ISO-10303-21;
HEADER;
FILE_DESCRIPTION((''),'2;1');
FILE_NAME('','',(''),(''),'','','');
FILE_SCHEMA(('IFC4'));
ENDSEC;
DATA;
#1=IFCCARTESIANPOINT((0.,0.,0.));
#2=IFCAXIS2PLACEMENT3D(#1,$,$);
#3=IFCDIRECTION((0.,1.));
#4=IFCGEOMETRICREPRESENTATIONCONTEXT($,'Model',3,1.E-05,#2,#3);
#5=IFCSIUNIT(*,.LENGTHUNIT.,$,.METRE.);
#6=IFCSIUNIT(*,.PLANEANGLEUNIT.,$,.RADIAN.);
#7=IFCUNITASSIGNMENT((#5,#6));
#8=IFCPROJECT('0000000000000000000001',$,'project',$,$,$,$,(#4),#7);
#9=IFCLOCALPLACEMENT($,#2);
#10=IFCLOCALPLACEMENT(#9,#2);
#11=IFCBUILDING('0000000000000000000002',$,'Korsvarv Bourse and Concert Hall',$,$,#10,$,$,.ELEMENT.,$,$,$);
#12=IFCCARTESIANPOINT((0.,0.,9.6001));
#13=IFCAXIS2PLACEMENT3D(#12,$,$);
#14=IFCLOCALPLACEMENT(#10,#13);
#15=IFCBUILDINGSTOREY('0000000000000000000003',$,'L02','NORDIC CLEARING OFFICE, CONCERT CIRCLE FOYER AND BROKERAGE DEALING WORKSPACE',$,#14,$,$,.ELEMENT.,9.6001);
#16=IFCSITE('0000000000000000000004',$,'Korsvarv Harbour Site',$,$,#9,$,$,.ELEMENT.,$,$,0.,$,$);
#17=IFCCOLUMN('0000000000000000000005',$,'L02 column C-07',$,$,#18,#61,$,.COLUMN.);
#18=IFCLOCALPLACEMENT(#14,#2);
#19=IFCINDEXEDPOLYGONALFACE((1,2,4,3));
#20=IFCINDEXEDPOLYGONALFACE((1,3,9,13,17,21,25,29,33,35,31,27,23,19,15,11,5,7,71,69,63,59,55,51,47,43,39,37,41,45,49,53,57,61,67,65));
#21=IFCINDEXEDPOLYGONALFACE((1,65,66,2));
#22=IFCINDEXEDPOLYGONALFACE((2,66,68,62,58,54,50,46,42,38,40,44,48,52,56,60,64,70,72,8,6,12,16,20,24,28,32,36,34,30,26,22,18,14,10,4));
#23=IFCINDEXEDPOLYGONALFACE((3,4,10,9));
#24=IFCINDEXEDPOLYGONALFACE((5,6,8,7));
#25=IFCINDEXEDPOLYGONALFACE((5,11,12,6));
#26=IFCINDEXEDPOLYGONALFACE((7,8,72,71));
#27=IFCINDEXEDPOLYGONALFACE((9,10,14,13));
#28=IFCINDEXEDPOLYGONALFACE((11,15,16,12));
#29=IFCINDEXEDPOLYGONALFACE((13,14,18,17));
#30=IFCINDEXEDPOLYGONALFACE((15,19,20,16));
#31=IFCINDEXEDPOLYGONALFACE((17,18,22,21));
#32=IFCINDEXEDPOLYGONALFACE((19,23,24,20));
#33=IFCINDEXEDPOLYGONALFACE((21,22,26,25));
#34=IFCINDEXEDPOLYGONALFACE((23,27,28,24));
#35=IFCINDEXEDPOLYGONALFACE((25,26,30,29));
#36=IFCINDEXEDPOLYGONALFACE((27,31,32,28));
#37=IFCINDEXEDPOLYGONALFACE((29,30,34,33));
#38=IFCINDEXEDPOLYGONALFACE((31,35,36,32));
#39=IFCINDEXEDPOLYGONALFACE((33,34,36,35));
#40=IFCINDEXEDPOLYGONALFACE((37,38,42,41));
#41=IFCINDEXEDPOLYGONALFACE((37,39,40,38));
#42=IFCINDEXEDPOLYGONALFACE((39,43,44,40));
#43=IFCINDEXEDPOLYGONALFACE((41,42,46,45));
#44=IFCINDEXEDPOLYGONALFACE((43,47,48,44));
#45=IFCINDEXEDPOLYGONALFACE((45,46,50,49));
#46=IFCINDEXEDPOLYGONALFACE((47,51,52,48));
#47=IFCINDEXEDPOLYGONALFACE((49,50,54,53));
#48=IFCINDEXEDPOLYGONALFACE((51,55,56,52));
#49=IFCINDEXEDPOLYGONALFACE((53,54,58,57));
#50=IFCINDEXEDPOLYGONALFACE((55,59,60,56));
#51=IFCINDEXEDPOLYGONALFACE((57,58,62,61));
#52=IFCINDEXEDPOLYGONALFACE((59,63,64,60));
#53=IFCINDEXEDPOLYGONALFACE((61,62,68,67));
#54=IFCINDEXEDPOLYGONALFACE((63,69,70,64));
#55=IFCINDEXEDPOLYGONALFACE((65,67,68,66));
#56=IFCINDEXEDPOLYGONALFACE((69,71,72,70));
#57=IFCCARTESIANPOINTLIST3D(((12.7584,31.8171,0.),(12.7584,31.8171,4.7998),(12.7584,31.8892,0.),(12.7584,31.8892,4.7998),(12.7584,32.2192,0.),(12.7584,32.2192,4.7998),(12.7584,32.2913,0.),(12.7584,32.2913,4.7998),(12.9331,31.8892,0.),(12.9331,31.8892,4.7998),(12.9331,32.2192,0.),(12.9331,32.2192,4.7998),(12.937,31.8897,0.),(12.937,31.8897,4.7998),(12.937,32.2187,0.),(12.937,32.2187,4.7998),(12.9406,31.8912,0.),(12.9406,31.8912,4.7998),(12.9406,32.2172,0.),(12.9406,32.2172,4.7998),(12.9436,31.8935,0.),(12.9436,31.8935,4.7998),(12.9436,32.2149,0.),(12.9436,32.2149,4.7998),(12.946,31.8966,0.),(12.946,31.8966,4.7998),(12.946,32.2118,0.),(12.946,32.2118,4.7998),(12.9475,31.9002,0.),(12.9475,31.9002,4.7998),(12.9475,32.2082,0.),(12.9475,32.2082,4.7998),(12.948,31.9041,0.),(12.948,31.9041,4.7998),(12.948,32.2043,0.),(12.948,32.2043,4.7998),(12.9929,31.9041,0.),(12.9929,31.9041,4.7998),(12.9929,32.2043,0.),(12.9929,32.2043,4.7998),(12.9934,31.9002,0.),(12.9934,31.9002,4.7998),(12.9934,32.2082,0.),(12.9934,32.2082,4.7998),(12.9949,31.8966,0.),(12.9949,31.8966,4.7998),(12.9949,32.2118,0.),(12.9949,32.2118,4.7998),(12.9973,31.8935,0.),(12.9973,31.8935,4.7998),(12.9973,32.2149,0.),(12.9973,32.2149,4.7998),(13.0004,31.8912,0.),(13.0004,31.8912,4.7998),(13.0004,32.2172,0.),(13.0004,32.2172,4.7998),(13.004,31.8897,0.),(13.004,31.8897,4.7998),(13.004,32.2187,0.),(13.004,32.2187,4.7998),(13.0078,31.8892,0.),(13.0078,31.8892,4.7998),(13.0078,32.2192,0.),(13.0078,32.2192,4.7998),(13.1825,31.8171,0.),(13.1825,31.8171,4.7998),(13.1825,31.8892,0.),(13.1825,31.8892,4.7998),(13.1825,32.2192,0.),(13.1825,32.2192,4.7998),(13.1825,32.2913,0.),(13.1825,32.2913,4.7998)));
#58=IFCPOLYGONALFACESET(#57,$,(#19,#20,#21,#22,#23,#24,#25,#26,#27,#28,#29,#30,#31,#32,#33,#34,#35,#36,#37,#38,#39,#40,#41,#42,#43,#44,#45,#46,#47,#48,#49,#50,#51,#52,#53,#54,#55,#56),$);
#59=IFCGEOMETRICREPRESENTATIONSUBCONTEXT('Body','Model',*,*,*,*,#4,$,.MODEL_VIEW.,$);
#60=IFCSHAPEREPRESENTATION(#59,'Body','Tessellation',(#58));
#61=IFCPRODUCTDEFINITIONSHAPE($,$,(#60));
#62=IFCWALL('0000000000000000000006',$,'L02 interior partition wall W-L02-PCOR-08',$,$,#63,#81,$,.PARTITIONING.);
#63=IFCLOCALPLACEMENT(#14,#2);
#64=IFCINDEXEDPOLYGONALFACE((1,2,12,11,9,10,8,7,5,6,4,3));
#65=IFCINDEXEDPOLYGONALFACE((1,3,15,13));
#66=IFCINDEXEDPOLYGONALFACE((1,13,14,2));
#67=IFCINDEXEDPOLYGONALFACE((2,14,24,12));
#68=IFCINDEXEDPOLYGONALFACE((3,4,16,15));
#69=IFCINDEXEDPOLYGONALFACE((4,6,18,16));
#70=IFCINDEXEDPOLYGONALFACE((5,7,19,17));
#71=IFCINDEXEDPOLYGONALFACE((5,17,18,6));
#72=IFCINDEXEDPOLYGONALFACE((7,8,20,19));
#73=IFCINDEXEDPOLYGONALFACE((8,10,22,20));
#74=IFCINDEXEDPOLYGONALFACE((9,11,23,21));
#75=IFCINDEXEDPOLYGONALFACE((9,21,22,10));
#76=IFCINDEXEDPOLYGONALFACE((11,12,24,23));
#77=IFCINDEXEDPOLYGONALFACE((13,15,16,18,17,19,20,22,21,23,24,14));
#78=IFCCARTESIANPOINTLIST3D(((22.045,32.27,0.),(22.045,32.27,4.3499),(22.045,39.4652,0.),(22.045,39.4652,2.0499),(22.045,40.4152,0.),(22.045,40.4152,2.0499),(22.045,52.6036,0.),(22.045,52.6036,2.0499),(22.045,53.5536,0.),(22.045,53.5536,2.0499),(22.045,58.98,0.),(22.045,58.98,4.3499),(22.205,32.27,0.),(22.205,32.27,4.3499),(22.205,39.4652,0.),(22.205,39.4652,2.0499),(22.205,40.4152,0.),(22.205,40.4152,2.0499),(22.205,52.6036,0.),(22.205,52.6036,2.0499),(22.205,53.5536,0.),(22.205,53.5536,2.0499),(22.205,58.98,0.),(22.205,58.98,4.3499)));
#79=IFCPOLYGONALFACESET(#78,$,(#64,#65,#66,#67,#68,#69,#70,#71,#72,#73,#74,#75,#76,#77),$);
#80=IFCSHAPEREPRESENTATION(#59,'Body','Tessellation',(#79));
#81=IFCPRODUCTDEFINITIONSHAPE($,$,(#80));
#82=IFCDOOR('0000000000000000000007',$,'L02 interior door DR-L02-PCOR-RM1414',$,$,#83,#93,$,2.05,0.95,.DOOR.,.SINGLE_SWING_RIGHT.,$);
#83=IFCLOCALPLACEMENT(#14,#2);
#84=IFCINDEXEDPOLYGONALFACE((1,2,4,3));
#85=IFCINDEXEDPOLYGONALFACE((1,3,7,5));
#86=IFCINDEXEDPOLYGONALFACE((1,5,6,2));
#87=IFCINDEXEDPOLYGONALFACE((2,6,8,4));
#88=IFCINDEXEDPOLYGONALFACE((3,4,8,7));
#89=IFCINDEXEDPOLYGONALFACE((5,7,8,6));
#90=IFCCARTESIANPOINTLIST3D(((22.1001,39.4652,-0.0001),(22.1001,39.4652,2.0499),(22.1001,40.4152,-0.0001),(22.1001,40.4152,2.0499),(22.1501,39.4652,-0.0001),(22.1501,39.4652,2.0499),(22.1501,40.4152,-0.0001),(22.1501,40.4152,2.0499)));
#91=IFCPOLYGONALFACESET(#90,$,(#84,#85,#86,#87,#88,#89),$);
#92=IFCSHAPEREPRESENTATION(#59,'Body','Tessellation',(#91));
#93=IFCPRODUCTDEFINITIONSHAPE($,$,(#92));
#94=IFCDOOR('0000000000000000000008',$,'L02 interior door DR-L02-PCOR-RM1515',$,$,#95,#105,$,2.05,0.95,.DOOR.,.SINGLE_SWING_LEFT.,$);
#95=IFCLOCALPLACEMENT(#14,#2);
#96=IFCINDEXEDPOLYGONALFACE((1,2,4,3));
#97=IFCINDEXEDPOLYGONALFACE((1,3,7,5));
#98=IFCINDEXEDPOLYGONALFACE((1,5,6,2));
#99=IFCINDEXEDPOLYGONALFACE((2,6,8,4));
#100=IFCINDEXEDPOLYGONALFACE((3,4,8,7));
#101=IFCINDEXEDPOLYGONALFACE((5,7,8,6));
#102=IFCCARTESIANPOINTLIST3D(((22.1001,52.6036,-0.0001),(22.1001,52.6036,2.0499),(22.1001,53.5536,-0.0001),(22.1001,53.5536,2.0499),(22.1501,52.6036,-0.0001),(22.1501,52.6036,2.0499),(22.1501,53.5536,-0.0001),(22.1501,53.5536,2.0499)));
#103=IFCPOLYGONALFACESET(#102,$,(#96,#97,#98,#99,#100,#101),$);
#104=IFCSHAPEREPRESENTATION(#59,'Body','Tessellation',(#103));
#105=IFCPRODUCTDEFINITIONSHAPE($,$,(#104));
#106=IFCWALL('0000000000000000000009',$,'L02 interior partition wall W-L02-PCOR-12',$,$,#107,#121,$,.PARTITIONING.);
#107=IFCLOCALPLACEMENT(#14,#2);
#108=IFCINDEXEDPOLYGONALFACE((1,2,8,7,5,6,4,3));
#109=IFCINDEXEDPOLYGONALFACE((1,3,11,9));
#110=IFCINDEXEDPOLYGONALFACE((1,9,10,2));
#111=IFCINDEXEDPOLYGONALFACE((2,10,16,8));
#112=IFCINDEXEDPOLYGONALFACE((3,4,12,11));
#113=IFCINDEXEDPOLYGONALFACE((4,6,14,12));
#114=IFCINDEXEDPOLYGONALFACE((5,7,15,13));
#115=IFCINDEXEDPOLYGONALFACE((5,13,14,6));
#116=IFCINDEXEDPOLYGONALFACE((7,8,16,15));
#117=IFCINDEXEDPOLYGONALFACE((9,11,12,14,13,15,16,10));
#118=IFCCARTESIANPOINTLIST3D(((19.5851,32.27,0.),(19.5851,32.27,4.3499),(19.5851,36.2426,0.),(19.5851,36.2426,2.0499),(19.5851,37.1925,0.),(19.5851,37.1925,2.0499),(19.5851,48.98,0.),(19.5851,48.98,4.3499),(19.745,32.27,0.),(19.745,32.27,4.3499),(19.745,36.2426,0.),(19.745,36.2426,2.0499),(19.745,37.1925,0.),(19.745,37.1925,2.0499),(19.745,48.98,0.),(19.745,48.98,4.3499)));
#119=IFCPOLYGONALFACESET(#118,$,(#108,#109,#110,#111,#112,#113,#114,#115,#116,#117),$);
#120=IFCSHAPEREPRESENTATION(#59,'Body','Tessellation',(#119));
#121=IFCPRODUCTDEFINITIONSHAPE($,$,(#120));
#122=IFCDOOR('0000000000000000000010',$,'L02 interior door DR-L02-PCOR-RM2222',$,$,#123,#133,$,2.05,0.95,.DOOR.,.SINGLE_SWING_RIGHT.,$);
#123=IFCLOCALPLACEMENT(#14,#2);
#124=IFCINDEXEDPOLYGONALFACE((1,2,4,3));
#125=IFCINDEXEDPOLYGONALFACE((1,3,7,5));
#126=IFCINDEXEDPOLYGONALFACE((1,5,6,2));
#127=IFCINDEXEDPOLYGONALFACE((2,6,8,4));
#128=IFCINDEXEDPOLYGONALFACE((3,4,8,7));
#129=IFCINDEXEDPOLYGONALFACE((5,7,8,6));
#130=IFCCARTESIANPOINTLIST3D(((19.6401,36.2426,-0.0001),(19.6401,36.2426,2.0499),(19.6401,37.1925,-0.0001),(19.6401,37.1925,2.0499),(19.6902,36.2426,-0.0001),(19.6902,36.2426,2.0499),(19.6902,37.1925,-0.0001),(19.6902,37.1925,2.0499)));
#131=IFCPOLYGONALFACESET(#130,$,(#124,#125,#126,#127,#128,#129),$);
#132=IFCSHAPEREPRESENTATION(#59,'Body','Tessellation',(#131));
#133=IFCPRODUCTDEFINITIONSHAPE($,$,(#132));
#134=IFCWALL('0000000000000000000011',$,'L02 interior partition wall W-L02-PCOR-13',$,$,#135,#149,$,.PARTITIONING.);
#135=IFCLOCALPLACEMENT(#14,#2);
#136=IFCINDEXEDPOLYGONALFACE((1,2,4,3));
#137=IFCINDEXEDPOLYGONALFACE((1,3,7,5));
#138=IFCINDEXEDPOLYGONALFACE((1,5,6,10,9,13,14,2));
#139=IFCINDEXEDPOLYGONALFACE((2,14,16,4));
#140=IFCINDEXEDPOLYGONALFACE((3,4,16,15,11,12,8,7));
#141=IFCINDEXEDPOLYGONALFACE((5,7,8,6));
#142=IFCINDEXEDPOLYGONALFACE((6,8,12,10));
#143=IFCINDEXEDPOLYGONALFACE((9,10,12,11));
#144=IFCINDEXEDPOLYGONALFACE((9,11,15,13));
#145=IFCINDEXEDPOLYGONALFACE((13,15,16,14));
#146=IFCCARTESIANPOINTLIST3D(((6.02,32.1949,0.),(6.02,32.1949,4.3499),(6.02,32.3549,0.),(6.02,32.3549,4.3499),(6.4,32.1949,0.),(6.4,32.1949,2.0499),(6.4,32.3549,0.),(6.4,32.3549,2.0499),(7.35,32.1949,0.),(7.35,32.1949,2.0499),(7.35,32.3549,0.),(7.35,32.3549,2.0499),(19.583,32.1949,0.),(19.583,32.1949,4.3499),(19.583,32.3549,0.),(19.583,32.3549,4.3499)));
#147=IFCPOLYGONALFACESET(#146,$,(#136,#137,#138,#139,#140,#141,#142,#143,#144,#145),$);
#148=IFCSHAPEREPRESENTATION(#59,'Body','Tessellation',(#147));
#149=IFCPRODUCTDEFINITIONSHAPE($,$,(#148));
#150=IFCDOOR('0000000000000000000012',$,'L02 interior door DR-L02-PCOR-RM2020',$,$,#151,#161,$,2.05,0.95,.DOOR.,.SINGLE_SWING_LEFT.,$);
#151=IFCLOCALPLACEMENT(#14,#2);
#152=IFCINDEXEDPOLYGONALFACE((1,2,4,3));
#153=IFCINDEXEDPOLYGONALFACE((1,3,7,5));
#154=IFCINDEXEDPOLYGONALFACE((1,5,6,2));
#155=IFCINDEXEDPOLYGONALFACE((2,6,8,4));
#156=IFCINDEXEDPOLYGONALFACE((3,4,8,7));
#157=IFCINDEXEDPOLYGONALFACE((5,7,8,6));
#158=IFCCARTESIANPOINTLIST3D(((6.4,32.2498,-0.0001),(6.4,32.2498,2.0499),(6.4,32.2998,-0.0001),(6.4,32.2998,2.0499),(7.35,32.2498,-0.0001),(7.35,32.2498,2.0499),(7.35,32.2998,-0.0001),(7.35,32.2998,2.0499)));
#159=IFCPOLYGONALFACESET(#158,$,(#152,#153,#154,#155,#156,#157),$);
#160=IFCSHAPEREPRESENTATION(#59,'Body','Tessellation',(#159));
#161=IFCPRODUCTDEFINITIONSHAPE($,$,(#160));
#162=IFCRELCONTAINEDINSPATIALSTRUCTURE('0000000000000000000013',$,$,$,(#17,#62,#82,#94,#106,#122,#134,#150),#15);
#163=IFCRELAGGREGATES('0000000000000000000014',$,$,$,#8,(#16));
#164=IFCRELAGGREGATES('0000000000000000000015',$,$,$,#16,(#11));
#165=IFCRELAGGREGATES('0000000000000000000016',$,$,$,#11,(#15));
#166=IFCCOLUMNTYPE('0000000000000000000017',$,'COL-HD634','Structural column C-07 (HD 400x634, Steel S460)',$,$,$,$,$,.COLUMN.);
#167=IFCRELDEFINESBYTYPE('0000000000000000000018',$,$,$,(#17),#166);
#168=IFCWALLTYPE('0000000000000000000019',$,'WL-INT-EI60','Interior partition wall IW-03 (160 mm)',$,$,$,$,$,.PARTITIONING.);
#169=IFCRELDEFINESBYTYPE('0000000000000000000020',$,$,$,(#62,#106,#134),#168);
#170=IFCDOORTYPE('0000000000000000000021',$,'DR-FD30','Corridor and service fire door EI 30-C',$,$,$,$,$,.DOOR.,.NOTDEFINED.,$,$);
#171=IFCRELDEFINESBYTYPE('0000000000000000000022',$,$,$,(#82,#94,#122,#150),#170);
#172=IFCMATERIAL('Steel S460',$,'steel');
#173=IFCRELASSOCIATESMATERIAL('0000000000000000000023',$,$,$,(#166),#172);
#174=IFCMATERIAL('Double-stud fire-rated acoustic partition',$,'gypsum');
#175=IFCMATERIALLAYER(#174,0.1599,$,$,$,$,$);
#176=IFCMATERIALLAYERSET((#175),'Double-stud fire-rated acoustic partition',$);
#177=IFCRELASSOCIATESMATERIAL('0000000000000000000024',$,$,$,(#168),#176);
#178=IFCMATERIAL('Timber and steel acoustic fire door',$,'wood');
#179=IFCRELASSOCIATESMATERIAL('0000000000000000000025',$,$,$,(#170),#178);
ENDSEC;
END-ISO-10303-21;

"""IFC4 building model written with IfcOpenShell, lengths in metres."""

from ifc_helpers import new_model, si_unit, direction, frame, frame_2d, origin, origin_2d, place, context, subcontext, project, spatial, rectangle, i_section, extrude, source, transform, mapped, material, layer, layer_set, material_profile, profile_set, type_object, element, fill, save


model = new_model("IFC4")

# Units and contexts
model_context = context("Model", 3, precision=1e-05, world=origin(), true_north=direction((0.0, 1.0)))
body_context = subcontext(model_context, "Body", "Model", "MODEL_VIEW")
ifc_project = project(units=[si_unit("LENGTHUNIT", "METRE"), si_unit("PLANEANGLEUNIT", "RADIAN")], contexts=[model_context])

# Site, building, storey
site_placement = place(None, origin())
site = spatial("IfcSite", under=ifc_project, at=site_placement, Name="Korsvarv Harbour Site", CompositionType="ELEMENT", RefElevation=0.0)
building_placement = place(site_placement, origin())
building = spatial("IfcBuilding", under=site, at=building_placement, Name="Korsvarv Bourse and Concert Hall", CompositionType="ELEMENT")
storey_placement = place(building_placement, frame((0.0, 0.0, 9.6001)))
storey = spatial("IfcBuildingStorey", under=building, at=storey_placement, Name="L02", Description="NORDIC CLEARING OFFICE, CONCERT CIRCLE FOYER AND BROKERAGE DEALING WORKSPACE", CompositionType="ELEMENT", Elevation=9.6001)

# Column
ifc_material_1 = material(Name="Steel S460", Category="steel")
ifc_material_profile = material_profile(ifc_material_1, i_section(OverallWidth=0.4241, OverallDepth=0.4741, WebThickness=0.0449, FlangeThickness=0.072, FilletRadius=0.0149, at=origin_2d()), Name="HD 400x634")
ifc_profile_set = profile_set([ifc_material_profile], Name="Steel S460")
column_type = type_object("IfcColumnType", Name="COL-HD634", Description="Structural column C-07 (HD 400x634, Steel S460)", PredefinedType="COLUMN", material=ifc_profile_set)
shared_shape_1 = source(origin(), body_context, "Body", "SweptSolid", [
    extrude(i_section(OverallWidth=0.4241, OverallDepth=0.4741, WebThickness=0.0449, FlangeThickness=0.072, FilletRadius=0.0149, at=origin_2d()), origin(), (0.0, 0.0, 1.0), 4.7998),
])
column_placement = place(storey_placement, frame((12.9705, 32.0542, 0.0), z_axis=(0.0, 0.0, 1.0), x_axis=(1.0, 0.0, 0.0)))
element("IfcColumn", 1, at=column_placement, inside=storey, type_object=column_type, Name="L02 column C-07", PredefinedType="COLUMN", context=body_context, shape_type="MappedRepresentation", body=[
    mapped(shared_shape_1, transform((0.0, 0.0, 0.0), scale=1.0)),
])

# Wall, openings, doors
ifc_material_2 = material(Name="Double-stud fire-rated acoustic partition", Category="gypsum")
ifc_layer_1 = layer(ifc_material_2, 0.1599)
ifc_layer_set_1 = layer_set([ifc_layer_1], Name="Double-stud fire-rated acoustic partition")
wall_type_1 = type_object("IfcWallType", Name="WL-INT-EI60", Description="Interior partition wall IW-03 (160 mm)", PredefinedType="PARTITIONING", material=ifc_layer_set_1)
wall_1_placement = place(storey_placement, frame((22.125, 32.27, 0.0), z_axis=(0.0, 0.0, 1.0), x_axis=(0.0, 1.0, 0.0)))
wall_1 = element("IfcWall", 2, at=wall_1_placement, inside=storey, type_object=wall_type_1, Name="L02 interior partition wall W-L02-PCOR-08", PredefinedType="PARTITIONING", context=body_context, shape_type="SweptSolid", body=[
    extrude(rectangle(XDim=26.71, YDim=0.1599, at=frame_2d((13.355, 0.0))), origin(), (0.0, 0.0, 1.0), 4.3499),
])
opening_1_placement = place(wall_1_placement, frame((7.1951, 0.0, 0.0)))
opening_1 = element("IfcOpeningElement", 3, at=opening_1_placement, cuts=wall_1, PredefinedType="OPENING", context=body_context, shape_type="SweptSolid", body=[
    extrude(rectangle(XDim=0.95, YDim=2.05, at=frame_2d((0.4751, 1.0249))), frame((0.0, 0.0898, 0.0), z_axis=(0.0, -1.0, 0.0), x_axis=(1.0, 0.0, 0.0)), (0.0, 0.0, 1.0), 0.1799),
])
opening_2_placement = place(wall_1_placement, frame((20.3335, 0.0, 0.0)))
opening_2 = element("IfcOpeningElement", 4, at=opening_2_placement, cuts=wall_1, PredefinedType="OPENING", context=body_context, shape_type="SweptSolid", body=[
    extrude(rectangle(XDim=0.95, YDim=2.05, at=frame_2d((0.4751, 1.0249))), frame((0.0, 0.0898, 0.0), z_axis=(0.0, -1.0, 0.0), x_axis=(1.0, 0.0, 0.0)), (0.0, 0.0, 1.0), 0.1799),
])
ifc_material_3 = material(Name="Timber and steel acoustic fire door", Category="wood")
door_type_1 = type_object("IfcDoorType", Name="DR-FD30", Description="Corridor and service fire door EI 30-C", OperationType="NOTDEFINED", PredefinedType="DOOR", material=ifc_material_3)
door_1_placement = place(opening_1_placement, origin())
door_1 = element("IfcDoor", 5, at=door_1_placement, inside=storey, type_object=door_type_1, Name="L02 interior door DR-L02-PCOR-RM1414", OperationType="SINGLE_SWING_RIGHT", OverallHeight=2.05, OverallWidth=0.95, PredefinedType="DOOR", context=body_context, shape_type="SweptSolid", body=[
    extrude(rectangle(XDim=0.95, YDim=2.05, at=frame_2d((0.4751, 1.0249))), frame((0.0, 0.0249, 0.0), z_axis=(0.0, -1.0, 0.0), x_axis=(1.0, 0.0, 0.0)), (0.0, 0.0, 1.0), 0.05),
])
fill(opening_1, door_1)
door_2_placement = place(opening_2_placement, origin())
door_2 = element("IfcDoor", 6, at=door_2_placement, inside=storey, type_object=door_type_1, Name="L02 interior door DR-L02-PCOR-RM1515", OperationType="SINGLE_SWING_LEFT", OverallHeight=2.05, OverallWidth=0.95, PredefinedType="DOOR", context=body_context, shape_type="SweptSolid", body=[
    extrude(rectangle(XDim=0.95, YDim=2.05, at=frame_2d((0.4751, 1.0249))), frame((0.0, 0.0249, 0.0), z_axis=(0.0, -1.0, 0.0), x_axis=(1.0, 0.0, 0.0)), (0.0, 0.0, 1.0), 0.05),
])
fill(opening_2, door_2)

# Walls, openings, doors
wall_2_placement = place(storey_placement, frame((19.665, 32.27, 0.0), z_axis=(0.0, 0.0, 1.0), x_axis=(0.0, 1.0, 0.0)))
wall_2 = element("IfcWall", 7, at=wall_2_placement, inside=storey, type_object=wall_type_1, Name="L02 interior partition wall W-L02-PCOR-12", PredefinedType="PARTITIONING", context=body_context, shape_type="SweptSolid", body=[
    extrude(rectangle(XDim=16.71, YDim=0.1599, at=frame_2d((8.355, 0.0))), origin(), (0.0, 0.0, 1.0), 4.3499),
])
opening_3_placement = place(wall_2_placement, frame((3.9724, 0.0, 0.0)))
opening_3 = element("IfcOpeningElement", 8, at=opening_3_placement, cuts=wall_2, PredefinedType="OPENING", context=body_context, shape_type="SweptSolid", body=[
    extrude(rectangle(XDim=0.95, YDim=2.05, at=frame_2d((0.4751, 1.0249))), frame((0.0, 0.0898, 0.0), z_axis=(0.0, -1.0, 0.0), x_axis=(1.0, 0.0, 0.0)), (0.0, 0.0, 1.0), 0.1799),
])
door_3_placement = place(opening_3_placement, origin())
door_3 = element("IfcDoor", 9, at=door_3_placement, inside=storey, type_object=door_type_1, Name="L02 interior door DR-L02-PCOR-RM2222", OperationType="SINGLE_SWING_RIGHT", OverallHeight=2.05, OverallWidth=0.95, PredefinedType="DOOR", context=body_context, shape_type="SweptSolid", body=[
    extrude(rectangle(XDim=0.95, YDim=2.05, at=frame_2d((0.4751, 1.0249))), frame((0.0, 0.0249, 0.0), z_axis=(0.0, -1.0, 0.0), x_axis=(1.0, 0.0, 0.0)), (0.0, 0.0, 1.0), 0.05),
])
fill(opening_3, door_3)
wall_3_placement = place(storey_placement, frame((6.02, 32.2749, 0.0), z_axis=(0.0, 0.0, 1.0), x_axis=(1.0, 0.0, 0.0)))
wall_3 = element("IfcWall", 10, at=wall_3_placement, inside=storey, type_object=wall_type_1, Name="L02 interior partition wall W-L02-PCOR-13", PredefinedType="PARTITIONING", context=body_context, shape_type="SweptSolid", body=[
    extrude(rectangle(XDim=13.563, YDim=0.1599, at=frame_2d((6.7815, 0.0))), origin(), (0.0, 0.0, 1.0), 4.3499),
])
opening_4_placement = place(wall_3_placement, frame((0.3799, 0.0, 0.0)))
opening_4 = element("IfcOpeningElement", 11, at=opening_4_placement, cuts=wall_3, PredefinedType="OPENING", context=body_context, shape_type="SweptSolid", body=[
    extrude(rectangle(XDim=0.95, YDim=2.05, at=frame_2d((0.4751, 1.0249))), frame((0.0, 0.0898, 0.0), z_axis=(0.0, -1.0, 0.0), x_axis=(1.0, 0.0, 0.0)), (0.0, 0.0, 1.0), 0.1799),
])
door_4_placement = place(opening_4_placement, origin())
door_4 = element("IfcDoor", 12, at=door_4_placement, inside=storey, type_object=door_type_1, Name="L02 interior door DR-L02-PCOR-RM2020", OperationType="SINGLE_SWING_LEFT", OverallHeight=2.05, OverallWidth=0.95, PredefinedType="DOOR", context=body_context, shape_type="SweptSolid", body=[
    extrude(rectangle(XDim=0.95, YDim=2.05, at=frame_2d((0.4751, 1.0249))), frame((0.0, 0.0249, 0.0), z_axis=(0.0, -1.0, 0.0), x_axis=(1.0, 0.0, 0.0)), (0.0, 0.0, 1.0), 0.05),
])
fill(opening_4, door_4)

save(model, "model.ifc")
